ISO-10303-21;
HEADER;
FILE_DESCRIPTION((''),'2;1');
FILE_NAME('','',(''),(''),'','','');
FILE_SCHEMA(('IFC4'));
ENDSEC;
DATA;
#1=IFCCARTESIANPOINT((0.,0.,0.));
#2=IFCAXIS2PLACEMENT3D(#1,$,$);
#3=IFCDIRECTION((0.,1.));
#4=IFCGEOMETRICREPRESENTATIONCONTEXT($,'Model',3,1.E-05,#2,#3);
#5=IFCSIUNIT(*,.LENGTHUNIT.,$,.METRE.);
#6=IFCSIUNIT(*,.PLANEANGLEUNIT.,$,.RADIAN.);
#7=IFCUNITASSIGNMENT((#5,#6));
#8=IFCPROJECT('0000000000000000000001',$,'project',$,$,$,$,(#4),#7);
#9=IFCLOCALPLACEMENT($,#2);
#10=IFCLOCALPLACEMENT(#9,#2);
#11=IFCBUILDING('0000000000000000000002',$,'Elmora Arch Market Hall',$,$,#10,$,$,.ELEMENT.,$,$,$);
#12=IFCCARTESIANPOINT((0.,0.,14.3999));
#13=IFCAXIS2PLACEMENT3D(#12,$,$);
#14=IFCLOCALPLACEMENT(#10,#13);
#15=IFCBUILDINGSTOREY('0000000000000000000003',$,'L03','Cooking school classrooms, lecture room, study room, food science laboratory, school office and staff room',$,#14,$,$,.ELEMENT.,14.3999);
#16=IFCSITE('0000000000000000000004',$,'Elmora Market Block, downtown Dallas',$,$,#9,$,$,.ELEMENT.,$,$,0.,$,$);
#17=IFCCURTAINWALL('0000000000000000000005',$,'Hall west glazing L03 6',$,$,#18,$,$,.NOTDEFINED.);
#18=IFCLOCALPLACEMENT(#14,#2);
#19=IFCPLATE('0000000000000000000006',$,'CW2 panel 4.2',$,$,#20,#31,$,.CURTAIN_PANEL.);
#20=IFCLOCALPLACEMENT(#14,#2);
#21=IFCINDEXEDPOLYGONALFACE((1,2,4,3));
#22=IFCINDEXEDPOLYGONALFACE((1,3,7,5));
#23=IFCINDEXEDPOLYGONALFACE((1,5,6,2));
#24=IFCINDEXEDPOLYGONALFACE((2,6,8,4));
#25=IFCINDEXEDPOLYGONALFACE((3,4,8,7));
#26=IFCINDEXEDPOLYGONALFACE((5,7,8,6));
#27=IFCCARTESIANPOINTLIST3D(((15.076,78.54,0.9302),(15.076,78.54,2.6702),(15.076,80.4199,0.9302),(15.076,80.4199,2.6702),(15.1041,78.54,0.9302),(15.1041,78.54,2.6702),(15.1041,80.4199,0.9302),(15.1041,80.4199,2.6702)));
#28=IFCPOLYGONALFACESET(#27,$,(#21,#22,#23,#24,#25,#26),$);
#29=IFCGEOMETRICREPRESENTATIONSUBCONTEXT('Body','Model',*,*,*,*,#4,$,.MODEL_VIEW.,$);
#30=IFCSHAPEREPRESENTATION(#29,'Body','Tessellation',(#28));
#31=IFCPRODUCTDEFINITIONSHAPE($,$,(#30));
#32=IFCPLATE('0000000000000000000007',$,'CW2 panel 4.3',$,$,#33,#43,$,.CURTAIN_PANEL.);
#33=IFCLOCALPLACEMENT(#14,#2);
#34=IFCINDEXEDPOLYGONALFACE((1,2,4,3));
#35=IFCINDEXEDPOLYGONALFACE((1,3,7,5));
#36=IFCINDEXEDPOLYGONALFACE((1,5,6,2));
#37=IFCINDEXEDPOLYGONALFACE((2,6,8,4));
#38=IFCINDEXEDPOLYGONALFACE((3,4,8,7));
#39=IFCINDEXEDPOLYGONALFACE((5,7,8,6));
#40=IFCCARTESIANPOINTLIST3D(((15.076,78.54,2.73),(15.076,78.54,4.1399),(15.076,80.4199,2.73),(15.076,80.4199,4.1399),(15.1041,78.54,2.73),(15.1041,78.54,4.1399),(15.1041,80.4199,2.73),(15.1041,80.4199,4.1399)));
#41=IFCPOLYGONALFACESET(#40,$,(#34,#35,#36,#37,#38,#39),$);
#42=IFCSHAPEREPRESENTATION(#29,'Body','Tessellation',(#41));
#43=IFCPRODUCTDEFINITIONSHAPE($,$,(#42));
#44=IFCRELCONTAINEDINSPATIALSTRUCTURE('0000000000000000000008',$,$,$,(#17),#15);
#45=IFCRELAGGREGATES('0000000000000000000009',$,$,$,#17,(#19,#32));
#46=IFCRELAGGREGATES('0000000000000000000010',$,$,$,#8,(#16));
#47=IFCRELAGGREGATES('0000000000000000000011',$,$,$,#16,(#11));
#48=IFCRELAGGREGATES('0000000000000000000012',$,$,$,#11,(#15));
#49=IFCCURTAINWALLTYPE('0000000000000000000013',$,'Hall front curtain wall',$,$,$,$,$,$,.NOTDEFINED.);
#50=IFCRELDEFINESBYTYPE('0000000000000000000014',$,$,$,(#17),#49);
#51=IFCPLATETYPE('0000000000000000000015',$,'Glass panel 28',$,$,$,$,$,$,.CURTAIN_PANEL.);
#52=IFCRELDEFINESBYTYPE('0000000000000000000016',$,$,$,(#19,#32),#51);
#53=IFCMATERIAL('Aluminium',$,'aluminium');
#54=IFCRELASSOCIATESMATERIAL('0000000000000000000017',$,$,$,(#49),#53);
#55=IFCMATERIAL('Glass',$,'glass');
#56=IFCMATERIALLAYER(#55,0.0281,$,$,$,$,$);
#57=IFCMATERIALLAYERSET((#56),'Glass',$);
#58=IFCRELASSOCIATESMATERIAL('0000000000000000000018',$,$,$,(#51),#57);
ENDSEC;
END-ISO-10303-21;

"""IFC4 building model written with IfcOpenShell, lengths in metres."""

from ifc_helpers import new_model, si_unit, direction, frame, origin, origin_2d, place, context, subcontext, project, spatial, rectangle, extrude, material, layer, layer_set, type_object, element, aggregate, save


model = new_model("IFC4")

# Units and contexts
model_context = context("Model", 3, precision=1e-05, world=origin(), true_north=direction((0.0, 1.0)))
body_context = subcontext(model_context, "Body", "Model", "MODEL_VIEW")
ifc_project = project(units=[si_unit("LENGTHUNIT", "METRE"), si_unit("PLANEANGLEUNIT", "RADIAN")], contexts=[model_context])

# Site, building, storey
site_placement = place(None, origin())
site = spatial("IfcSite", under=ifc_project, at=site_placement, Name="Elmora Market Block, downtown Dallas", CompositionType="ELEMENT", RefElevation=0.0)
building_placement = place(site_placement, origin())
building = spatial("IfcBuilding", under=site, at=building_placement, Name="Elmora Arch Market Hall", CompositionType="ELEMENT")
storey_placement = place(building_placement, frame((0.0, 0.0, 14.3999)))
storey = spatial("IfcBuildingStorey", under=building, at=storey_placement, Name="L03", Description="Cooking school classrooms, lecture room, study room, food science laboratory, school office and staff room", CompositionType="ELEMENT", Elevation=14.3999)

# Curtain wall, plates
ifc_material_1 = material(Name="Aluminium", Category="aluminium")
curtain_wall_type = type_object("IfcCurtainWallType", Name="Hall front curtain wall", PredefinedType="NOTDEFINED", material=ifc_material_1)
curtain_wall_placement = place(storey_placement, origin())
curtain_wall = element("IfcCurtainWall", 1, at=curtain_wall_placement, inside=storey, type_object=curtain_wall_type, Name="Hall west glazing L03 6", PredefinedType="NOTDEFINED")
ifc_material_2 = material(Name="Glass", Category="glass")
ifc_layer = layer(ifc_material_2, 0.0281)
ifc_layer_set = layer_set([ifc_layer], Name="Glass")
plate_type = type_object("IfcPlateType", Name="Glass panel 28", PredefinedType="CURTAIN_PANEL", material=ifc_layer_set)
plate_1_placement = place(storey_placement, frame((15.0901, 79.48, 0.9302), z_axis=(0.0, 0.0, 1.0), x_axis=(0.0, 1.0, 0.0)))
plate_1 = element("IfcPlate", 2, at=plate_1_placement, type_object=plate_type, Name="CW2 panel 4.2", PredefinedType="CURTAIN_PANEL", context=body_context, shape_type="SweptSolid", body=[
    extrude(rectangle(XDim=1.8799, YDim=0.0281, at=origin_2d()), origin(), (0.0, 0.0, 1.0), 1.74),
])
plate_2_placement = place(storey_placement, frame((15.0901, 79.48, 2.73), z_axis=(0.0, 0.0, 1.0), x_axis=(0.0, 1.0, 0.0)))
plate_2 = element("IfcPlate", 3, at=plate_2_placement, type_object=plate_type, Name="CW2 panel 4.3", PredefinedType="CURTAIN_PANEL", context=body_context, shape_type="SweptSolid", body=[
    extrude(rectangle(XDim=1.8799, YDim=0.0281, at=origin_2d()), origin(), (0.0, 0.0, 1.0), 1.4099),
])
aggregate(curtain_wall, [plate_1, plate_2])

save(model, "model.ifc")
